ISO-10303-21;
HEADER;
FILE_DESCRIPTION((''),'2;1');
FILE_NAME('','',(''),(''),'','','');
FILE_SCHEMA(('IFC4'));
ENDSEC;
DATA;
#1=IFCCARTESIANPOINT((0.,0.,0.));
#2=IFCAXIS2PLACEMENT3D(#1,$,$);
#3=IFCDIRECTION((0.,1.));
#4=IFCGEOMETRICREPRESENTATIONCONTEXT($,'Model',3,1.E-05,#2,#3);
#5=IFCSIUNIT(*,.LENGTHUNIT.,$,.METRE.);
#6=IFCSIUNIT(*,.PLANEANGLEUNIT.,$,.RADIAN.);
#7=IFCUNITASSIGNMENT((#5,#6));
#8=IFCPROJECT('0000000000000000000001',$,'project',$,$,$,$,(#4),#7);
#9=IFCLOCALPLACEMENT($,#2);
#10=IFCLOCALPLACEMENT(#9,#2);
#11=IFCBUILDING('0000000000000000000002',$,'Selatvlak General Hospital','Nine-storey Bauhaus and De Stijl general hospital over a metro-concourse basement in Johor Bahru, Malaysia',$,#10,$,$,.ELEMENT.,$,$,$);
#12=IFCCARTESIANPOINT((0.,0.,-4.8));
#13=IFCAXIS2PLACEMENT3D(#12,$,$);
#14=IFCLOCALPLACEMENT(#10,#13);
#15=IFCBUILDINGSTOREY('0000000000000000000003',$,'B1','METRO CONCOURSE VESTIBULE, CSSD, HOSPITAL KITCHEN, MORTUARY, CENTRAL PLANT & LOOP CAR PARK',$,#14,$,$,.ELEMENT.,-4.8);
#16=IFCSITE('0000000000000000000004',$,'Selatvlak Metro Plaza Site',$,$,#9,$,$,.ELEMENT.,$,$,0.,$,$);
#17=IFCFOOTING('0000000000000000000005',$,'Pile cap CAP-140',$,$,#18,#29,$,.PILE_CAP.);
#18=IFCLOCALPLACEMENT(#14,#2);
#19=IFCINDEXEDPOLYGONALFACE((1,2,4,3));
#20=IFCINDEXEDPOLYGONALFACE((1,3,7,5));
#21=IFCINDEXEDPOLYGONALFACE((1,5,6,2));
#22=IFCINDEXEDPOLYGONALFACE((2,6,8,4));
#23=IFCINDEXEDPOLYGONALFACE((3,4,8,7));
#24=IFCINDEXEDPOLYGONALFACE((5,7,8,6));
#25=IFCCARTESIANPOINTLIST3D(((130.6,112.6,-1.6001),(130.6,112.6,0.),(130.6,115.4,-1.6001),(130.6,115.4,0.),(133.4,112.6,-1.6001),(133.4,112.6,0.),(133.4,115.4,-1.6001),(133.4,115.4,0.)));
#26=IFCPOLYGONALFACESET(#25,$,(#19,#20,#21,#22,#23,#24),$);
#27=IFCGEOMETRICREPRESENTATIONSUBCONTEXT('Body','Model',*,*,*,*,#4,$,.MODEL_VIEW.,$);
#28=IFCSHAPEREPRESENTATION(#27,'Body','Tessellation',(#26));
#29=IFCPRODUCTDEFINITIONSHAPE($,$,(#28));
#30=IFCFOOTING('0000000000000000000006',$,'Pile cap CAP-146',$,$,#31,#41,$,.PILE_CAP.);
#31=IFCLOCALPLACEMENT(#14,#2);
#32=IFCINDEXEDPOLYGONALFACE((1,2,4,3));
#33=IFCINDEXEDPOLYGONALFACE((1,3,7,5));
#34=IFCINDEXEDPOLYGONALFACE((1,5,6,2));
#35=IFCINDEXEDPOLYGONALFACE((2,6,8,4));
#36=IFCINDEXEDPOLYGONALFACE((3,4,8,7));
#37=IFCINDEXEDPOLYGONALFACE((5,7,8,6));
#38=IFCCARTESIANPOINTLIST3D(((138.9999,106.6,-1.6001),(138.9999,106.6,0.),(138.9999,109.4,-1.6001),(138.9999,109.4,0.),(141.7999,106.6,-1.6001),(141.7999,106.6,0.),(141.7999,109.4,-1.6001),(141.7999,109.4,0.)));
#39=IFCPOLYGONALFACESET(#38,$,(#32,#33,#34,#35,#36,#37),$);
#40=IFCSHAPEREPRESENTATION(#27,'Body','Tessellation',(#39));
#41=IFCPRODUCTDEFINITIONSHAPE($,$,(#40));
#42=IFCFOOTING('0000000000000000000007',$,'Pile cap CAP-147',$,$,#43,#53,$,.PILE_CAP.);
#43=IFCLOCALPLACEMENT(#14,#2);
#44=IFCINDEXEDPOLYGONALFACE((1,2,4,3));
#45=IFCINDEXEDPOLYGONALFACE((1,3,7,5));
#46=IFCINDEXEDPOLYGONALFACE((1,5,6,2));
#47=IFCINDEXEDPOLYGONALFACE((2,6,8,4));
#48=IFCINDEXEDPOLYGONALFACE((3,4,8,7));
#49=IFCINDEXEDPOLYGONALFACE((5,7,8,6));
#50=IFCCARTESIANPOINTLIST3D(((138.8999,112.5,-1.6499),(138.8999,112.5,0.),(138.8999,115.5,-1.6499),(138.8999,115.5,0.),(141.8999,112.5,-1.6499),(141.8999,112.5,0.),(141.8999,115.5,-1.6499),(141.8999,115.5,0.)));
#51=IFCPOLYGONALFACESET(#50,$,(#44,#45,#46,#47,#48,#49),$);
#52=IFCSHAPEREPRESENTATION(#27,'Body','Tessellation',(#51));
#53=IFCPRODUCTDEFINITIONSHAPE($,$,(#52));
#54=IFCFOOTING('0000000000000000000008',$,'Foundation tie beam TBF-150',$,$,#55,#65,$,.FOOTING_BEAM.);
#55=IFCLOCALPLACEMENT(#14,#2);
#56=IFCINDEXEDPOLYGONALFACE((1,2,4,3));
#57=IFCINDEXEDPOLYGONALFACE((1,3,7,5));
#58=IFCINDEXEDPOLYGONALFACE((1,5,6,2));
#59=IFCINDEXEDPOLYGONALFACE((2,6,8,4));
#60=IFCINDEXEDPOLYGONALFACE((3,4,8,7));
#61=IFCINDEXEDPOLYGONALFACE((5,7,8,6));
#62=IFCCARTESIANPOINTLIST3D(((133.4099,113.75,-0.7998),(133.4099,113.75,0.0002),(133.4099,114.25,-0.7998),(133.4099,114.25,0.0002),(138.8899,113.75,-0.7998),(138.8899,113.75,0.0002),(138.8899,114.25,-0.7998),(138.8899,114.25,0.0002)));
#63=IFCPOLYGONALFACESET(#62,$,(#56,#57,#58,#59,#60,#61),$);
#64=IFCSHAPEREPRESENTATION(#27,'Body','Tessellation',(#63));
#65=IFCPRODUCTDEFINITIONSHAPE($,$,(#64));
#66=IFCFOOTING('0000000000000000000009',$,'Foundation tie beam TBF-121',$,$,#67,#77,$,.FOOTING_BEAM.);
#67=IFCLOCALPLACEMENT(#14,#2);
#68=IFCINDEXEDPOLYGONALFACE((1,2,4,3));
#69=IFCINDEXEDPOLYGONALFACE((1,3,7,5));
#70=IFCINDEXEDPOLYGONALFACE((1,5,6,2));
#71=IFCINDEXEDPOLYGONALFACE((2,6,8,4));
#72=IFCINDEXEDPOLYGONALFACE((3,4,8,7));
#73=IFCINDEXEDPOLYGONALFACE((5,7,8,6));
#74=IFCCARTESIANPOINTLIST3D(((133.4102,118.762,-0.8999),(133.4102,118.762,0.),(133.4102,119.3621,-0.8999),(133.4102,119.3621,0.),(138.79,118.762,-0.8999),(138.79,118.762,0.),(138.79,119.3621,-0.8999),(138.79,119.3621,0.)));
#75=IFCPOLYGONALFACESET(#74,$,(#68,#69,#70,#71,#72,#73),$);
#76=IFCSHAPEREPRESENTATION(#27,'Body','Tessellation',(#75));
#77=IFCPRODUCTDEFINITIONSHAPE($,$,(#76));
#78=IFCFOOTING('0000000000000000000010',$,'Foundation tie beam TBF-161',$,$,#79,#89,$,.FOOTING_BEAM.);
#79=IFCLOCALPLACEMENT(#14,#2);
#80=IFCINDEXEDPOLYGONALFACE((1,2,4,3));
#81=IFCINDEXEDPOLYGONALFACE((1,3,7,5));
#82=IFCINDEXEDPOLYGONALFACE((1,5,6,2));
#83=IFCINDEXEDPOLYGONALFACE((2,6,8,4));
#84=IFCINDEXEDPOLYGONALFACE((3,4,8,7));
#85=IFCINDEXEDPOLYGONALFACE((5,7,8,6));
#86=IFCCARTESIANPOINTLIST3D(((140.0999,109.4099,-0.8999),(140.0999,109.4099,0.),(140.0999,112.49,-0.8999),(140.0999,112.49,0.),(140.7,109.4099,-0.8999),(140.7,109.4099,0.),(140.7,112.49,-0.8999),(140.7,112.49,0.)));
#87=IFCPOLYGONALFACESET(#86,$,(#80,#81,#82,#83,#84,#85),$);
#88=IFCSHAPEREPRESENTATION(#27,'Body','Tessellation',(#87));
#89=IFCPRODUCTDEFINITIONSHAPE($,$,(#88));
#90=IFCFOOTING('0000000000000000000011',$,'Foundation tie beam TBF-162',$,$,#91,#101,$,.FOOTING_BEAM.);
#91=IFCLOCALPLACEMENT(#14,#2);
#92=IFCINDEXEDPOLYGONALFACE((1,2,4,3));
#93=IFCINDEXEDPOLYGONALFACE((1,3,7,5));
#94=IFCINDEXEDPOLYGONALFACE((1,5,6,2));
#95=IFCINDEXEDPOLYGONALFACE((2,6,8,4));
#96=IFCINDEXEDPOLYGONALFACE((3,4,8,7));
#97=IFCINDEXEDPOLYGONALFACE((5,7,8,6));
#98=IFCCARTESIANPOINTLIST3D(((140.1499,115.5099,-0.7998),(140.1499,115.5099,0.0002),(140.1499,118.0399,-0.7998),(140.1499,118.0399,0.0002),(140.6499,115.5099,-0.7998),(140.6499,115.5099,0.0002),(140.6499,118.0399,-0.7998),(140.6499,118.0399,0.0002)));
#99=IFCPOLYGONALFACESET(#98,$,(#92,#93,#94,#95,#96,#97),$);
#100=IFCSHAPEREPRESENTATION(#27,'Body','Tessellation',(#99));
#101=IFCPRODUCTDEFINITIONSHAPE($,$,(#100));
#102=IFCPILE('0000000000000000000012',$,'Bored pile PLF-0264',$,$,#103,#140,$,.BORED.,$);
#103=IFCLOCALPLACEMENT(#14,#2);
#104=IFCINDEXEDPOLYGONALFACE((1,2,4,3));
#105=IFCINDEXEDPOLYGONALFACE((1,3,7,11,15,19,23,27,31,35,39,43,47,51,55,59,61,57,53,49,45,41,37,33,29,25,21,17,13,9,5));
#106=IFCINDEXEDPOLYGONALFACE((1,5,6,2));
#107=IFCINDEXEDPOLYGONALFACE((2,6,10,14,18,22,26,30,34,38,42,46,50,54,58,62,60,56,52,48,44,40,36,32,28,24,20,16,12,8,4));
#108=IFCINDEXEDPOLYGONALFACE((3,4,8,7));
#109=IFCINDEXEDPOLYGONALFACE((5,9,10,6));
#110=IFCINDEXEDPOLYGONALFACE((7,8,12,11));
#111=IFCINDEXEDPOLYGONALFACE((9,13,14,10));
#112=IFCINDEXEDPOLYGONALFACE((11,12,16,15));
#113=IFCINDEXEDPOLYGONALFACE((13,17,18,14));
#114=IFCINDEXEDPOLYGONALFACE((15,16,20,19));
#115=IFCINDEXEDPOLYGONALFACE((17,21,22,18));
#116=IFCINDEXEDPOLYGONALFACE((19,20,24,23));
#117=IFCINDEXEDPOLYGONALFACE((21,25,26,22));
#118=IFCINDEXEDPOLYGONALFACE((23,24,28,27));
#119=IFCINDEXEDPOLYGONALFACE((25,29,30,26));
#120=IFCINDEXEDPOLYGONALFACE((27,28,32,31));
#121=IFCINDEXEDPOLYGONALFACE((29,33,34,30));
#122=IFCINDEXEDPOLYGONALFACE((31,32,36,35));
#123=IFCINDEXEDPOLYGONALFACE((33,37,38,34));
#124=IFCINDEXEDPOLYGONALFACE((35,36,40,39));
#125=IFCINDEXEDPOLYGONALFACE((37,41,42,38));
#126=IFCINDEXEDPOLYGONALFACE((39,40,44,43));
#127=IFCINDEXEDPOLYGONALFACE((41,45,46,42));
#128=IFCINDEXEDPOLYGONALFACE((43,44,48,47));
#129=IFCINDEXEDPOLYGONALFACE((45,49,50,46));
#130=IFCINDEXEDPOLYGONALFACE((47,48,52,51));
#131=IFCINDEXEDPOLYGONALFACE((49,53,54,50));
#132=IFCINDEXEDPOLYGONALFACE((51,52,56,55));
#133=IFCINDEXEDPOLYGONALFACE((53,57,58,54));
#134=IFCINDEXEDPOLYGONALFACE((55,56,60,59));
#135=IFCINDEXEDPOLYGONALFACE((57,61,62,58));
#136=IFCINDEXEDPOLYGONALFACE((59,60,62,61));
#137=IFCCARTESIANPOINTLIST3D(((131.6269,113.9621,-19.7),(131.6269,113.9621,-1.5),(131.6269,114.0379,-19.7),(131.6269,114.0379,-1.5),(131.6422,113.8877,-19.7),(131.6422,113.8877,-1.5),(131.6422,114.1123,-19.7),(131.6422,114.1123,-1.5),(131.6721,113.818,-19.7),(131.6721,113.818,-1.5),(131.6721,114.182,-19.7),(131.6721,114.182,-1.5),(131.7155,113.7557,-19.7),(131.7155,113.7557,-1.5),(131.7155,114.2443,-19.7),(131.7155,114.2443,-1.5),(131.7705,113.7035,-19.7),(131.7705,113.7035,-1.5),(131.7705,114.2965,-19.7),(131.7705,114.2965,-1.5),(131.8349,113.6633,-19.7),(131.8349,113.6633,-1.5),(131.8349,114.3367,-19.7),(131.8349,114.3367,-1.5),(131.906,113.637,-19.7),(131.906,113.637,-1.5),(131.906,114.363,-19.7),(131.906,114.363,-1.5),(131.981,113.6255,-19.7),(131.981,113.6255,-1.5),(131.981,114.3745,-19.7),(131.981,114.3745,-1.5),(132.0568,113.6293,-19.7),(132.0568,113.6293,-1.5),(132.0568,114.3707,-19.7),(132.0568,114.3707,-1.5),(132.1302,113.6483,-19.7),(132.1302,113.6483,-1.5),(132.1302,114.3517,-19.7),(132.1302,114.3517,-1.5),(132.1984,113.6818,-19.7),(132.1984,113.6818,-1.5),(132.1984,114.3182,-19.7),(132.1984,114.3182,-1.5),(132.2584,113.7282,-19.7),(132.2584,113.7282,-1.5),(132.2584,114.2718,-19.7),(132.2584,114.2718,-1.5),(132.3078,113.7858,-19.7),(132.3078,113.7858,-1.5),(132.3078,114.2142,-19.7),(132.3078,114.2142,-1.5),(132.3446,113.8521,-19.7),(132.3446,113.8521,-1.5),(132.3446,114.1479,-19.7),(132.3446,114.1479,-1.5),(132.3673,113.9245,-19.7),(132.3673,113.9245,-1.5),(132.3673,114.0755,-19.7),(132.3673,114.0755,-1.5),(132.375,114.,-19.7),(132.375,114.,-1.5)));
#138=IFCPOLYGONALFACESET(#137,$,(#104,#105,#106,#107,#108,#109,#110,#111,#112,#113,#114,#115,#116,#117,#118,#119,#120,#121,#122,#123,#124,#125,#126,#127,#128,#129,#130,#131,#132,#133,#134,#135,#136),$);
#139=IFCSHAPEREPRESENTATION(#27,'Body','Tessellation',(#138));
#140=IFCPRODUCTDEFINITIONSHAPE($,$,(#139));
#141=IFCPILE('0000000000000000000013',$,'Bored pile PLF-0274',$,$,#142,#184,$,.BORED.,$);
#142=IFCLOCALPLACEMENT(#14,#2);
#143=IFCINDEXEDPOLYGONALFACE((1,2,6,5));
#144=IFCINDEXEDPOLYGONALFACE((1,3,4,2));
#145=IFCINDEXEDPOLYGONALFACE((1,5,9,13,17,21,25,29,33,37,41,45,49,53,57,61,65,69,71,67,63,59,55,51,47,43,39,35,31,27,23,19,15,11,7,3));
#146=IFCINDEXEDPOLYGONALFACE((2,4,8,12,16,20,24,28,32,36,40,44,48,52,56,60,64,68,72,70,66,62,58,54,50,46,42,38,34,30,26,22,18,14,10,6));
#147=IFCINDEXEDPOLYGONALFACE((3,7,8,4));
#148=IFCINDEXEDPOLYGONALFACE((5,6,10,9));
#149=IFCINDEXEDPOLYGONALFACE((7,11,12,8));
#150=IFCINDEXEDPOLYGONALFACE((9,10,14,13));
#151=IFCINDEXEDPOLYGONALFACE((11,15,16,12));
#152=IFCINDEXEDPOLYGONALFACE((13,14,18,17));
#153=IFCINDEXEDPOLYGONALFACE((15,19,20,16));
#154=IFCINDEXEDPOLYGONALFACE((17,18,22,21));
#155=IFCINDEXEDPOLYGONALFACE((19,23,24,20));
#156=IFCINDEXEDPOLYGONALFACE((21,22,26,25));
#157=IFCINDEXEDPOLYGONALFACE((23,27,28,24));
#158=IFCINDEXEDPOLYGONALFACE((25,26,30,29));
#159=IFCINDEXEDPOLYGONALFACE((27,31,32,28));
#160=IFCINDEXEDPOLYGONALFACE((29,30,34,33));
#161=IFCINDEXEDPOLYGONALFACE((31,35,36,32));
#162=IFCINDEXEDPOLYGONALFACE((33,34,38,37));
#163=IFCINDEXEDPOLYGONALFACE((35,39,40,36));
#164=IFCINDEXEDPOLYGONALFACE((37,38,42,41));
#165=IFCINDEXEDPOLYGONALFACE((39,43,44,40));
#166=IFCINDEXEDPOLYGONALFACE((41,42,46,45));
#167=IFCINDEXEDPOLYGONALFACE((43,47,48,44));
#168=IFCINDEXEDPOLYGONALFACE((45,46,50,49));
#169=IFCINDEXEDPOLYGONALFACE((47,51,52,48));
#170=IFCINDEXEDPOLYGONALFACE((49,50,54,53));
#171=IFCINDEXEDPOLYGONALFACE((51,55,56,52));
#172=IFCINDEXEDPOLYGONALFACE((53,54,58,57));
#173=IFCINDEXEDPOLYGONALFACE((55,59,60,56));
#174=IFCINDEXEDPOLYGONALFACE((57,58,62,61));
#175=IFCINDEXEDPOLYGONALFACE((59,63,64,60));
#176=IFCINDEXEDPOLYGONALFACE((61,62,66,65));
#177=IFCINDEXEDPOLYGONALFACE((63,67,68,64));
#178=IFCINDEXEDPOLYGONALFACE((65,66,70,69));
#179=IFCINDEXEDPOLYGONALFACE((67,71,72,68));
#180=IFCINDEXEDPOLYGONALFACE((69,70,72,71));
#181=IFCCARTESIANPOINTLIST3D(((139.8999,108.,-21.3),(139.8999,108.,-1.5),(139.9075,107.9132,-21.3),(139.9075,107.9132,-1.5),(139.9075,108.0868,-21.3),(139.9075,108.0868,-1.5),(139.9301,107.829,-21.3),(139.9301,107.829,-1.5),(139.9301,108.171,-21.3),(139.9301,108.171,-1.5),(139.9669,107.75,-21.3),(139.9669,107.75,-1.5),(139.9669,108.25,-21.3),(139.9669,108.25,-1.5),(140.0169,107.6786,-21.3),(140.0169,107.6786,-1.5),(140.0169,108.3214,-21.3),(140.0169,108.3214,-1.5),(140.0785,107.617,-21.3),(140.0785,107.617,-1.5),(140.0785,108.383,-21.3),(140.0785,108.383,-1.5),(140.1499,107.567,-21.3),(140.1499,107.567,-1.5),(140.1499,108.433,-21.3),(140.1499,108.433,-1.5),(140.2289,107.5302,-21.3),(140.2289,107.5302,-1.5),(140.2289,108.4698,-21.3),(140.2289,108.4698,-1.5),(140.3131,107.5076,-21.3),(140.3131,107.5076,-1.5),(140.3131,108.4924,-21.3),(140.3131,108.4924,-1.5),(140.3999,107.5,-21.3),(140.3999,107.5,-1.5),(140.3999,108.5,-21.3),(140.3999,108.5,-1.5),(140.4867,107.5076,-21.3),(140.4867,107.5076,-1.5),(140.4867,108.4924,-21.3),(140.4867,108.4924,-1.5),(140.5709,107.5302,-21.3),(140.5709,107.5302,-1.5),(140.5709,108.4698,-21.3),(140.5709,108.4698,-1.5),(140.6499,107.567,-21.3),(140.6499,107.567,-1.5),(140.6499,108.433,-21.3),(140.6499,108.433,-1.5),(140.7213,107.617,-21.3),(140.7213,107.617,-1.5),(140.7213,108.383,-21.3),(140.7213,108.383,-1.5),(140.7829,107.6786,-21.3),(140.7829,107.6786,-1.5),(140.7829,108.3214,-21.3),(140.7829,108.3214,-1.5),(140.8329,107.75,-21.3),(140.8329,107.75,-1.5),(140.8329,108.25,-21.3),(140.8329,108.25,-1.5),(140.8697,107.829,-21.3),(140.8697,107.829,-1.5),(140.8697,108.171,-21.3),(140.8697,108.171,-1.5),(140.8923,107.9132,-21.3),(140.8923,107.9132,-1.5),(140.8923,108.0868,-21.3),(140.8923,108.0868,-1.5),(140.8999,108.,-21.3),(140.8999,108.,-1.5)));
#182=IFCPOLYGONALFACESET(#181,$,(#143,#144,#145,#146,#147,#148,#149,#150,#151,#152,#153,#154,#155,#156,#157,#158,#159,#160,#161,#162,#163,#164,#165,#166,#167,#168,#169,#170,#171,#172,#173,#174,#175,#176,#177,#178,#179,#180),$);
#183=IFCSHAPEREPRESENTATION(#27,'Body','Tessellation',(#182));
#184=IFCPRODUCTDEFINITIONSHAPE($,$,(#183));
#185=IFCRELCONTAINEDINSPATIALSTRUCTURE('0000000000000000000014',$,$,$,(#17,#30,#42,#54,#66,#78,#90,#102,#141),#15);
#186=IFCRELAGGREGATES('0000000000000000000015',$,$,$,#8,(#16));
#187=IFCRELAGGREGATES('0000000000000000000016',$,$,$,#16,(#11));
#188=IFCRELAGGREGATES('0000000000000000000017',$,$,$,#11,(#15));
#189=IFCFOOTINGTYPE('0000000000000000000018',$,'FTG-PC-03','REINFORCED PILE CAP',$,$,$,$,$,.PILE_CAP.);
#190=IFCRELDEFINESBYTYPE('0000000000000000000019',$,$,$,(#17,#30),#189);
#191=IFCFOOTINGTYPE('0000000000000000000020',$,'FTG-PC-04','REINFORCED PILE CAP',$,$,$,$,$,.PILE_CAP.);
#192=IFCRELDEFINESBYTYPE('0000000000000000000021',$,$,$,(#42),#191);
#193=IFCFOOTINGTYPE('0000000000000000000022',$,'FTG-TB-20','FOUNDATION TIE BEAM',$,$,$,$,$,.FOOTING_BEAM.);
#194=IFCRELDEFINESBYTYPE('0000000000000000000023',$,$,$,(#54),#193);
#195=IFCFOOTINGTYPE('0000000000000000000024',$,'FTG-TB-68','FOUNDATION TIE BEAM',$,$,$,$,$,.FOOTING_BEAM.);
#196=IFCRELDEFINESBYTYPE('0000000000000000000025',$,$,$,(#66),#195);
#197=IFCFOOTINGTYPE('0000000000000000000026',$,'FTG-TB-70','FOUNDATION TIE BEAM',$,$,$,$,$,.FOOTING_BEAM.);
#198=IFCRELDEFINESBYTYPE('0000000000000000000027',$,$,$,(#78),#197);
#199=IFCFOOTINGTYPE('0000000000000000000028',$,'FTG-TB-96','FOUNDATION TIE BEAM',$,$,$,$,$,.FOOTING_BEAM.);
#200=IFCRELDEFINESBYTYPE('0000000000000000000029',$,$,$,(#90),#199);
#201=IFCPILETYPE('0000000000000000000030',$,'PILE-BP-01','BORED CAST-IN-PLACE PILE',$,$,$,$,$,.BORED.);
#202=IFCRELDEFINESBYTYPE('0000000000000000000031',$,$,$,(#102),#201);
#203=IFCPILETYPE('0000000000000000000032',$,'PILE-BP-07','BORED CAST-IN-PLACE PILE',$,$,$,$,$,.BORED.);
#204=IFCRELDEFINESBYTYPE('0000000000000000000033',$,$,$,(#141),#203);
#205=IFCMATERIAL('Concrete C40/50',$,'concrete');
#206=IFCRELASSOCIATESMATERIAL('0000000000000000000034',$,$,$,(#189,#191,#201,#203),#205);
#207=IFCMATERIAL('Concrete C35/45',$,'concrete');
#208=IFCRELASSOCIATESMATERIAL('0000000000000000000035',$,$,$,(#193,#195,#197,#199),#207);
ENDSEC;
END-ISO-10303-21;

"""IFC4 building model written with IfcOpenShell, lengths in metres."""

from ifc_helpers import new_model, si_unit, direction, frame, origin, origin_2d, place, context, subcontext, project, spatial, rectangle, circle, extrude, material, material_profile, profile_set, type_object, element, save


model = new_model("IFC4")

# Units and contexts
model_context = context("Model", 3, precision=1e-05, world=origin(), true_north=direction((0.0, 1.0)))
body_context = subcontext(model_context, "Body", "Model", "MODEL_VIEW")
ifc_project = project(units=[si_unit("LENGTHUNIT", "METRE"), si_unit("PLANEANGLEUNIT", "RADIAN")], contexts=[model_context])

# Site, building, storey
site_placement = place(None, origin())
site = spatial("IfcSite", under=ifc_project, at=site_placement, Name="Selatvlak Metro Plaza Site", CompositionType="ELEMENT", RefElevation=0.0)
building_placement = place(site_placement, origin())
building = spatial("IfcBuilding", under=site, at=building_placement, Name="Selatvlak General Hospital", Description="Nine-storey Bauhaus and De Stijl general hospital over a metro-concourse basement in Johor Bahru, Malaysia", CompositionType="ELEMENT")
storey_placement = place(building_placement, frame((0.0, 0.0, -4.8)))
storey = spatial("IfcBuildingStorey", under=building, at=storey_placement, Name="B1", Description="METRO CONCOURSE VESTIBULE, CSSD, HOSPITAL KITCHEN, MORTUARY, CENTRAL PLANT & LOOP CAR PARK", CompositionType="ELEMENT", Elevation=-4.8)

# Footings
ifc_material_1 = material(Name="Concrete C40/50", Category="concrete")
footing_type_1 = type_object("IfcFootingType", Name="FTG-PC-03", Description="REINFORCED PILE CAP", PredefinedType="PILE_CAP", material=ifc_material_1)
for number, where, z_axis, x_axis, name in (
    (1, (132.0, 114.0, -1.6001), (0.0, 0.0, 1.0), (1.0, 0.0, 0.0), "Pile cap CAP-140"),
    (2, (140.3999, 108.0, -1.6001), (0.0, 0.0, 1.0), (1.0, 0.0, 0.0), "Pile cap CAP-146"),
):
    element("IfcFooting", number, at=place(storey_placement, frame(where, z_axis=z_axis, x_axis=x_axis)), inside=storey, type_object=footing_type_1, Name=name, PredefinedType="PILE_CAP", context=body_context, shape_type="SweptSolid", body=[
        extrude(rectangle(XDim=2.8, YDim=2.8, at=origin_2d()), origin(), (0.0, 0.0, 1.0), 1.6001),
    ])
footing_type_2 = type_object("IfcFootingType", Name="FTG-PC-04", Description="REINFORCED PILE CAP", PredefinedType="PILE_CAP", material=ifc_material_1)
footing_1_placement = place(storey_placement, frame((140.3999, 114.0, -1.6499), z_axis=(0.0, 0.0, 1.0), x_axis=(1.0, 0.0, 0.0)))
element("IfcFooting", 3, at=footing_1_placement, inside=storey, type_object=footing_type_2, Name="Pile cap CAP-147", PredefinedType="PILE_CAP", context=body_context, shape_type="SweptSolid", body=[
    extrude(rectangle(XDim=3.0, YDim=3.0, at=origin_2d()), origin(), (0.0, 0.0, 1.0), 1.6499),
])
ifc_material_2 = material(Name="Concrete C35/45", Category="concrete")
footing_type_3 = type_object("IfcFootingType", Name="FTG-TB-20", Description="FOUNDATION TIE BEAM", PredefinedType="FOOTING_BEAM", material=ifc_material_2)
footing_2_placement = place(storey_placement, frame((136.1499, 114.0, -0.7998), z_axis=(0.0, 0.0, 1.0), x_axis=(1.0, 0.0, 0.0)))
element("IfcFooting", 4, at=footing_2_placement, inside=storey, type_object=footing_type_3, Name="Foundation tie beam TBF-150", PredefinedType="FOOTING_BEAM", context=body_context, shape_type="SweptSolid", body=[
    extrude(rectangle(XDim=5.48, YDim=0.5, at=origin_2d()), origin(), (0.0, 0.0, 1.0), 0.8),
])
footing_type_4 = type_object("IfcFootingType", Name="FTG-TB-68", Description="FOUNDATION TIE BEAM", PredefinedType="FOOTING_BEAM", material=ifc_material_2)
footing_3_placement = place(storey_placement, frame((136.1001, 119.062, -0.8999), z_axis=(0.0, 0.0, 1.0), x_axis=(1.0, 0.0, 0.0)))
element("IfcFooting", 5, at=footing_3_placement, inside=storey, type_object=footing_type_4, Name="Foundation tie beam TBF-121", PredefinedType="FOOTING_BEAM", context=body_context, shape_type="SweptSolid", body=[
    extrude(rectangle(XDim=5.3799, YDim=0.6001, at=origin_2d()), origin(), (0.0, 0.0, 1.0), 0.8999),
])
footing_type_5 = type_object("IfcFootingType", Name="FTG-TB-70", Description="FOUNDATION TIE BEAM", PredefinedType="FOOTING_BEAM", material=ifc_material_2)
footing_4_placement = place(storey_placement, frame((140.3999, 110.95, -0.8999), z_axis=(0.0, 0.0, 1.0), x_axis=(0.0, 1.0, 0.0)))
element("IfcFooting", 6, at=footing_4_placement, inside=storey, type_object=footing_type_5, Name="Foundation tie beam TBF-161", PredefinedType="FOOTING_BEAM", context=body_context, shape_type="SweptSolid", body=[
    extrude(rectangle(XDim=3.0801, YDim=0.6001, at=origin_2d()), origin(), (0.0, 0.0, 1.0), 0.8999),
])
footing_type_6 = type_object("IfcFootingType", Name="FTG-TB-96", Description="FOUNDATION TIE BEAM", PredefinedType="FOOTING_BEAM", material=ifc_material_2)
footing_5_placement = place(storey_placement, frame((140.3999, 116.7749, -0.7998), z_axis=(0.0, 0.0, 1.0), x_axis=(0.0, 1.0, 0.0)))
element("IfcFooting", 7, at=footing_5_placement, inside=storey, type_object=footing_type_6, Name="Foundation tie beam TBF-162", PredefinedType="FOOTING_BEAM", context=body_context, shape_type="SweptSolid", body=[
    extrude(rectangle(XDim=2.53, YDim=0.5, at=origin_2d()), origin(), (0.0, 0.0, 1.0), 0.8),
])

# Piles
ifc_material_profile_1 = material_profile(ifc_material_1, circle(Radius=0.375, at=origin_2d()), Name="BORED PILE 750")
ifc_profile_set_1 = profile_set([ifc_material_profile_1], Name="Concrete C40/50")
pile_type_1 = type_object("IfcPileType", Name="PILE-BP-01", Description="BORED CAST-IN-PLACE PILE", PredefinedType="BORED", material=ifc_profile_set_1)
pile_1_placement = place(storey_placement, frame((132.0, 114.0, -1.5), z_axis=(0.0, 0.0, -1.0), x_axis=(1.0, 0.0, 0.0)))
element("IfcPile", 8, at=pile_1_placement, inside=storey, type_object=pile_type_1, Name="Bored pile PLF-0264", PredefinedType="BORED", context=body_context, shape_type="SweptSolid", body=[
    extrude(circle(Radius=0.375, at=origin_2d()), origin(), (0.0, 0.0, 1.0), 18.2),
])
ifc_material_profile_2 = material_profile(ifc_material_1, circle(Radius=0.5, at=origin_2d()), Name="BORED PILE 1000")
ifc_profile_set_2 = profile_set([ifc_material_profile_2], Name="Concrete C40/50")
pile_type_2 = type_object("IfcPileType", Name="PILE-BP-07", Description="BORED CAST-IN-PLACE PILE", PredefinedType="BORED", material=ifc_profile_set_2)
pile_2_placement = place(storey_placement, frame((140.3999, 108.0, -1.5), z_axis=(0.0, 0.0, -1.0), x_axis=(1.0, 0.0, 0.0)))
element("IfcPile", 9, at=pile_2_placement, inside=storey, type_object=pile_type_2, Name="Bored pile PLF-0274", PredefinedType="BORED", context=body_context, shape_type="SweptSolid", body=[
    extrude(circle(Radius=0.5, at=origin_2d()), origin(), (0.0, 0.0, 1.0), 19.8),
])

save(model, "model.ifc")
